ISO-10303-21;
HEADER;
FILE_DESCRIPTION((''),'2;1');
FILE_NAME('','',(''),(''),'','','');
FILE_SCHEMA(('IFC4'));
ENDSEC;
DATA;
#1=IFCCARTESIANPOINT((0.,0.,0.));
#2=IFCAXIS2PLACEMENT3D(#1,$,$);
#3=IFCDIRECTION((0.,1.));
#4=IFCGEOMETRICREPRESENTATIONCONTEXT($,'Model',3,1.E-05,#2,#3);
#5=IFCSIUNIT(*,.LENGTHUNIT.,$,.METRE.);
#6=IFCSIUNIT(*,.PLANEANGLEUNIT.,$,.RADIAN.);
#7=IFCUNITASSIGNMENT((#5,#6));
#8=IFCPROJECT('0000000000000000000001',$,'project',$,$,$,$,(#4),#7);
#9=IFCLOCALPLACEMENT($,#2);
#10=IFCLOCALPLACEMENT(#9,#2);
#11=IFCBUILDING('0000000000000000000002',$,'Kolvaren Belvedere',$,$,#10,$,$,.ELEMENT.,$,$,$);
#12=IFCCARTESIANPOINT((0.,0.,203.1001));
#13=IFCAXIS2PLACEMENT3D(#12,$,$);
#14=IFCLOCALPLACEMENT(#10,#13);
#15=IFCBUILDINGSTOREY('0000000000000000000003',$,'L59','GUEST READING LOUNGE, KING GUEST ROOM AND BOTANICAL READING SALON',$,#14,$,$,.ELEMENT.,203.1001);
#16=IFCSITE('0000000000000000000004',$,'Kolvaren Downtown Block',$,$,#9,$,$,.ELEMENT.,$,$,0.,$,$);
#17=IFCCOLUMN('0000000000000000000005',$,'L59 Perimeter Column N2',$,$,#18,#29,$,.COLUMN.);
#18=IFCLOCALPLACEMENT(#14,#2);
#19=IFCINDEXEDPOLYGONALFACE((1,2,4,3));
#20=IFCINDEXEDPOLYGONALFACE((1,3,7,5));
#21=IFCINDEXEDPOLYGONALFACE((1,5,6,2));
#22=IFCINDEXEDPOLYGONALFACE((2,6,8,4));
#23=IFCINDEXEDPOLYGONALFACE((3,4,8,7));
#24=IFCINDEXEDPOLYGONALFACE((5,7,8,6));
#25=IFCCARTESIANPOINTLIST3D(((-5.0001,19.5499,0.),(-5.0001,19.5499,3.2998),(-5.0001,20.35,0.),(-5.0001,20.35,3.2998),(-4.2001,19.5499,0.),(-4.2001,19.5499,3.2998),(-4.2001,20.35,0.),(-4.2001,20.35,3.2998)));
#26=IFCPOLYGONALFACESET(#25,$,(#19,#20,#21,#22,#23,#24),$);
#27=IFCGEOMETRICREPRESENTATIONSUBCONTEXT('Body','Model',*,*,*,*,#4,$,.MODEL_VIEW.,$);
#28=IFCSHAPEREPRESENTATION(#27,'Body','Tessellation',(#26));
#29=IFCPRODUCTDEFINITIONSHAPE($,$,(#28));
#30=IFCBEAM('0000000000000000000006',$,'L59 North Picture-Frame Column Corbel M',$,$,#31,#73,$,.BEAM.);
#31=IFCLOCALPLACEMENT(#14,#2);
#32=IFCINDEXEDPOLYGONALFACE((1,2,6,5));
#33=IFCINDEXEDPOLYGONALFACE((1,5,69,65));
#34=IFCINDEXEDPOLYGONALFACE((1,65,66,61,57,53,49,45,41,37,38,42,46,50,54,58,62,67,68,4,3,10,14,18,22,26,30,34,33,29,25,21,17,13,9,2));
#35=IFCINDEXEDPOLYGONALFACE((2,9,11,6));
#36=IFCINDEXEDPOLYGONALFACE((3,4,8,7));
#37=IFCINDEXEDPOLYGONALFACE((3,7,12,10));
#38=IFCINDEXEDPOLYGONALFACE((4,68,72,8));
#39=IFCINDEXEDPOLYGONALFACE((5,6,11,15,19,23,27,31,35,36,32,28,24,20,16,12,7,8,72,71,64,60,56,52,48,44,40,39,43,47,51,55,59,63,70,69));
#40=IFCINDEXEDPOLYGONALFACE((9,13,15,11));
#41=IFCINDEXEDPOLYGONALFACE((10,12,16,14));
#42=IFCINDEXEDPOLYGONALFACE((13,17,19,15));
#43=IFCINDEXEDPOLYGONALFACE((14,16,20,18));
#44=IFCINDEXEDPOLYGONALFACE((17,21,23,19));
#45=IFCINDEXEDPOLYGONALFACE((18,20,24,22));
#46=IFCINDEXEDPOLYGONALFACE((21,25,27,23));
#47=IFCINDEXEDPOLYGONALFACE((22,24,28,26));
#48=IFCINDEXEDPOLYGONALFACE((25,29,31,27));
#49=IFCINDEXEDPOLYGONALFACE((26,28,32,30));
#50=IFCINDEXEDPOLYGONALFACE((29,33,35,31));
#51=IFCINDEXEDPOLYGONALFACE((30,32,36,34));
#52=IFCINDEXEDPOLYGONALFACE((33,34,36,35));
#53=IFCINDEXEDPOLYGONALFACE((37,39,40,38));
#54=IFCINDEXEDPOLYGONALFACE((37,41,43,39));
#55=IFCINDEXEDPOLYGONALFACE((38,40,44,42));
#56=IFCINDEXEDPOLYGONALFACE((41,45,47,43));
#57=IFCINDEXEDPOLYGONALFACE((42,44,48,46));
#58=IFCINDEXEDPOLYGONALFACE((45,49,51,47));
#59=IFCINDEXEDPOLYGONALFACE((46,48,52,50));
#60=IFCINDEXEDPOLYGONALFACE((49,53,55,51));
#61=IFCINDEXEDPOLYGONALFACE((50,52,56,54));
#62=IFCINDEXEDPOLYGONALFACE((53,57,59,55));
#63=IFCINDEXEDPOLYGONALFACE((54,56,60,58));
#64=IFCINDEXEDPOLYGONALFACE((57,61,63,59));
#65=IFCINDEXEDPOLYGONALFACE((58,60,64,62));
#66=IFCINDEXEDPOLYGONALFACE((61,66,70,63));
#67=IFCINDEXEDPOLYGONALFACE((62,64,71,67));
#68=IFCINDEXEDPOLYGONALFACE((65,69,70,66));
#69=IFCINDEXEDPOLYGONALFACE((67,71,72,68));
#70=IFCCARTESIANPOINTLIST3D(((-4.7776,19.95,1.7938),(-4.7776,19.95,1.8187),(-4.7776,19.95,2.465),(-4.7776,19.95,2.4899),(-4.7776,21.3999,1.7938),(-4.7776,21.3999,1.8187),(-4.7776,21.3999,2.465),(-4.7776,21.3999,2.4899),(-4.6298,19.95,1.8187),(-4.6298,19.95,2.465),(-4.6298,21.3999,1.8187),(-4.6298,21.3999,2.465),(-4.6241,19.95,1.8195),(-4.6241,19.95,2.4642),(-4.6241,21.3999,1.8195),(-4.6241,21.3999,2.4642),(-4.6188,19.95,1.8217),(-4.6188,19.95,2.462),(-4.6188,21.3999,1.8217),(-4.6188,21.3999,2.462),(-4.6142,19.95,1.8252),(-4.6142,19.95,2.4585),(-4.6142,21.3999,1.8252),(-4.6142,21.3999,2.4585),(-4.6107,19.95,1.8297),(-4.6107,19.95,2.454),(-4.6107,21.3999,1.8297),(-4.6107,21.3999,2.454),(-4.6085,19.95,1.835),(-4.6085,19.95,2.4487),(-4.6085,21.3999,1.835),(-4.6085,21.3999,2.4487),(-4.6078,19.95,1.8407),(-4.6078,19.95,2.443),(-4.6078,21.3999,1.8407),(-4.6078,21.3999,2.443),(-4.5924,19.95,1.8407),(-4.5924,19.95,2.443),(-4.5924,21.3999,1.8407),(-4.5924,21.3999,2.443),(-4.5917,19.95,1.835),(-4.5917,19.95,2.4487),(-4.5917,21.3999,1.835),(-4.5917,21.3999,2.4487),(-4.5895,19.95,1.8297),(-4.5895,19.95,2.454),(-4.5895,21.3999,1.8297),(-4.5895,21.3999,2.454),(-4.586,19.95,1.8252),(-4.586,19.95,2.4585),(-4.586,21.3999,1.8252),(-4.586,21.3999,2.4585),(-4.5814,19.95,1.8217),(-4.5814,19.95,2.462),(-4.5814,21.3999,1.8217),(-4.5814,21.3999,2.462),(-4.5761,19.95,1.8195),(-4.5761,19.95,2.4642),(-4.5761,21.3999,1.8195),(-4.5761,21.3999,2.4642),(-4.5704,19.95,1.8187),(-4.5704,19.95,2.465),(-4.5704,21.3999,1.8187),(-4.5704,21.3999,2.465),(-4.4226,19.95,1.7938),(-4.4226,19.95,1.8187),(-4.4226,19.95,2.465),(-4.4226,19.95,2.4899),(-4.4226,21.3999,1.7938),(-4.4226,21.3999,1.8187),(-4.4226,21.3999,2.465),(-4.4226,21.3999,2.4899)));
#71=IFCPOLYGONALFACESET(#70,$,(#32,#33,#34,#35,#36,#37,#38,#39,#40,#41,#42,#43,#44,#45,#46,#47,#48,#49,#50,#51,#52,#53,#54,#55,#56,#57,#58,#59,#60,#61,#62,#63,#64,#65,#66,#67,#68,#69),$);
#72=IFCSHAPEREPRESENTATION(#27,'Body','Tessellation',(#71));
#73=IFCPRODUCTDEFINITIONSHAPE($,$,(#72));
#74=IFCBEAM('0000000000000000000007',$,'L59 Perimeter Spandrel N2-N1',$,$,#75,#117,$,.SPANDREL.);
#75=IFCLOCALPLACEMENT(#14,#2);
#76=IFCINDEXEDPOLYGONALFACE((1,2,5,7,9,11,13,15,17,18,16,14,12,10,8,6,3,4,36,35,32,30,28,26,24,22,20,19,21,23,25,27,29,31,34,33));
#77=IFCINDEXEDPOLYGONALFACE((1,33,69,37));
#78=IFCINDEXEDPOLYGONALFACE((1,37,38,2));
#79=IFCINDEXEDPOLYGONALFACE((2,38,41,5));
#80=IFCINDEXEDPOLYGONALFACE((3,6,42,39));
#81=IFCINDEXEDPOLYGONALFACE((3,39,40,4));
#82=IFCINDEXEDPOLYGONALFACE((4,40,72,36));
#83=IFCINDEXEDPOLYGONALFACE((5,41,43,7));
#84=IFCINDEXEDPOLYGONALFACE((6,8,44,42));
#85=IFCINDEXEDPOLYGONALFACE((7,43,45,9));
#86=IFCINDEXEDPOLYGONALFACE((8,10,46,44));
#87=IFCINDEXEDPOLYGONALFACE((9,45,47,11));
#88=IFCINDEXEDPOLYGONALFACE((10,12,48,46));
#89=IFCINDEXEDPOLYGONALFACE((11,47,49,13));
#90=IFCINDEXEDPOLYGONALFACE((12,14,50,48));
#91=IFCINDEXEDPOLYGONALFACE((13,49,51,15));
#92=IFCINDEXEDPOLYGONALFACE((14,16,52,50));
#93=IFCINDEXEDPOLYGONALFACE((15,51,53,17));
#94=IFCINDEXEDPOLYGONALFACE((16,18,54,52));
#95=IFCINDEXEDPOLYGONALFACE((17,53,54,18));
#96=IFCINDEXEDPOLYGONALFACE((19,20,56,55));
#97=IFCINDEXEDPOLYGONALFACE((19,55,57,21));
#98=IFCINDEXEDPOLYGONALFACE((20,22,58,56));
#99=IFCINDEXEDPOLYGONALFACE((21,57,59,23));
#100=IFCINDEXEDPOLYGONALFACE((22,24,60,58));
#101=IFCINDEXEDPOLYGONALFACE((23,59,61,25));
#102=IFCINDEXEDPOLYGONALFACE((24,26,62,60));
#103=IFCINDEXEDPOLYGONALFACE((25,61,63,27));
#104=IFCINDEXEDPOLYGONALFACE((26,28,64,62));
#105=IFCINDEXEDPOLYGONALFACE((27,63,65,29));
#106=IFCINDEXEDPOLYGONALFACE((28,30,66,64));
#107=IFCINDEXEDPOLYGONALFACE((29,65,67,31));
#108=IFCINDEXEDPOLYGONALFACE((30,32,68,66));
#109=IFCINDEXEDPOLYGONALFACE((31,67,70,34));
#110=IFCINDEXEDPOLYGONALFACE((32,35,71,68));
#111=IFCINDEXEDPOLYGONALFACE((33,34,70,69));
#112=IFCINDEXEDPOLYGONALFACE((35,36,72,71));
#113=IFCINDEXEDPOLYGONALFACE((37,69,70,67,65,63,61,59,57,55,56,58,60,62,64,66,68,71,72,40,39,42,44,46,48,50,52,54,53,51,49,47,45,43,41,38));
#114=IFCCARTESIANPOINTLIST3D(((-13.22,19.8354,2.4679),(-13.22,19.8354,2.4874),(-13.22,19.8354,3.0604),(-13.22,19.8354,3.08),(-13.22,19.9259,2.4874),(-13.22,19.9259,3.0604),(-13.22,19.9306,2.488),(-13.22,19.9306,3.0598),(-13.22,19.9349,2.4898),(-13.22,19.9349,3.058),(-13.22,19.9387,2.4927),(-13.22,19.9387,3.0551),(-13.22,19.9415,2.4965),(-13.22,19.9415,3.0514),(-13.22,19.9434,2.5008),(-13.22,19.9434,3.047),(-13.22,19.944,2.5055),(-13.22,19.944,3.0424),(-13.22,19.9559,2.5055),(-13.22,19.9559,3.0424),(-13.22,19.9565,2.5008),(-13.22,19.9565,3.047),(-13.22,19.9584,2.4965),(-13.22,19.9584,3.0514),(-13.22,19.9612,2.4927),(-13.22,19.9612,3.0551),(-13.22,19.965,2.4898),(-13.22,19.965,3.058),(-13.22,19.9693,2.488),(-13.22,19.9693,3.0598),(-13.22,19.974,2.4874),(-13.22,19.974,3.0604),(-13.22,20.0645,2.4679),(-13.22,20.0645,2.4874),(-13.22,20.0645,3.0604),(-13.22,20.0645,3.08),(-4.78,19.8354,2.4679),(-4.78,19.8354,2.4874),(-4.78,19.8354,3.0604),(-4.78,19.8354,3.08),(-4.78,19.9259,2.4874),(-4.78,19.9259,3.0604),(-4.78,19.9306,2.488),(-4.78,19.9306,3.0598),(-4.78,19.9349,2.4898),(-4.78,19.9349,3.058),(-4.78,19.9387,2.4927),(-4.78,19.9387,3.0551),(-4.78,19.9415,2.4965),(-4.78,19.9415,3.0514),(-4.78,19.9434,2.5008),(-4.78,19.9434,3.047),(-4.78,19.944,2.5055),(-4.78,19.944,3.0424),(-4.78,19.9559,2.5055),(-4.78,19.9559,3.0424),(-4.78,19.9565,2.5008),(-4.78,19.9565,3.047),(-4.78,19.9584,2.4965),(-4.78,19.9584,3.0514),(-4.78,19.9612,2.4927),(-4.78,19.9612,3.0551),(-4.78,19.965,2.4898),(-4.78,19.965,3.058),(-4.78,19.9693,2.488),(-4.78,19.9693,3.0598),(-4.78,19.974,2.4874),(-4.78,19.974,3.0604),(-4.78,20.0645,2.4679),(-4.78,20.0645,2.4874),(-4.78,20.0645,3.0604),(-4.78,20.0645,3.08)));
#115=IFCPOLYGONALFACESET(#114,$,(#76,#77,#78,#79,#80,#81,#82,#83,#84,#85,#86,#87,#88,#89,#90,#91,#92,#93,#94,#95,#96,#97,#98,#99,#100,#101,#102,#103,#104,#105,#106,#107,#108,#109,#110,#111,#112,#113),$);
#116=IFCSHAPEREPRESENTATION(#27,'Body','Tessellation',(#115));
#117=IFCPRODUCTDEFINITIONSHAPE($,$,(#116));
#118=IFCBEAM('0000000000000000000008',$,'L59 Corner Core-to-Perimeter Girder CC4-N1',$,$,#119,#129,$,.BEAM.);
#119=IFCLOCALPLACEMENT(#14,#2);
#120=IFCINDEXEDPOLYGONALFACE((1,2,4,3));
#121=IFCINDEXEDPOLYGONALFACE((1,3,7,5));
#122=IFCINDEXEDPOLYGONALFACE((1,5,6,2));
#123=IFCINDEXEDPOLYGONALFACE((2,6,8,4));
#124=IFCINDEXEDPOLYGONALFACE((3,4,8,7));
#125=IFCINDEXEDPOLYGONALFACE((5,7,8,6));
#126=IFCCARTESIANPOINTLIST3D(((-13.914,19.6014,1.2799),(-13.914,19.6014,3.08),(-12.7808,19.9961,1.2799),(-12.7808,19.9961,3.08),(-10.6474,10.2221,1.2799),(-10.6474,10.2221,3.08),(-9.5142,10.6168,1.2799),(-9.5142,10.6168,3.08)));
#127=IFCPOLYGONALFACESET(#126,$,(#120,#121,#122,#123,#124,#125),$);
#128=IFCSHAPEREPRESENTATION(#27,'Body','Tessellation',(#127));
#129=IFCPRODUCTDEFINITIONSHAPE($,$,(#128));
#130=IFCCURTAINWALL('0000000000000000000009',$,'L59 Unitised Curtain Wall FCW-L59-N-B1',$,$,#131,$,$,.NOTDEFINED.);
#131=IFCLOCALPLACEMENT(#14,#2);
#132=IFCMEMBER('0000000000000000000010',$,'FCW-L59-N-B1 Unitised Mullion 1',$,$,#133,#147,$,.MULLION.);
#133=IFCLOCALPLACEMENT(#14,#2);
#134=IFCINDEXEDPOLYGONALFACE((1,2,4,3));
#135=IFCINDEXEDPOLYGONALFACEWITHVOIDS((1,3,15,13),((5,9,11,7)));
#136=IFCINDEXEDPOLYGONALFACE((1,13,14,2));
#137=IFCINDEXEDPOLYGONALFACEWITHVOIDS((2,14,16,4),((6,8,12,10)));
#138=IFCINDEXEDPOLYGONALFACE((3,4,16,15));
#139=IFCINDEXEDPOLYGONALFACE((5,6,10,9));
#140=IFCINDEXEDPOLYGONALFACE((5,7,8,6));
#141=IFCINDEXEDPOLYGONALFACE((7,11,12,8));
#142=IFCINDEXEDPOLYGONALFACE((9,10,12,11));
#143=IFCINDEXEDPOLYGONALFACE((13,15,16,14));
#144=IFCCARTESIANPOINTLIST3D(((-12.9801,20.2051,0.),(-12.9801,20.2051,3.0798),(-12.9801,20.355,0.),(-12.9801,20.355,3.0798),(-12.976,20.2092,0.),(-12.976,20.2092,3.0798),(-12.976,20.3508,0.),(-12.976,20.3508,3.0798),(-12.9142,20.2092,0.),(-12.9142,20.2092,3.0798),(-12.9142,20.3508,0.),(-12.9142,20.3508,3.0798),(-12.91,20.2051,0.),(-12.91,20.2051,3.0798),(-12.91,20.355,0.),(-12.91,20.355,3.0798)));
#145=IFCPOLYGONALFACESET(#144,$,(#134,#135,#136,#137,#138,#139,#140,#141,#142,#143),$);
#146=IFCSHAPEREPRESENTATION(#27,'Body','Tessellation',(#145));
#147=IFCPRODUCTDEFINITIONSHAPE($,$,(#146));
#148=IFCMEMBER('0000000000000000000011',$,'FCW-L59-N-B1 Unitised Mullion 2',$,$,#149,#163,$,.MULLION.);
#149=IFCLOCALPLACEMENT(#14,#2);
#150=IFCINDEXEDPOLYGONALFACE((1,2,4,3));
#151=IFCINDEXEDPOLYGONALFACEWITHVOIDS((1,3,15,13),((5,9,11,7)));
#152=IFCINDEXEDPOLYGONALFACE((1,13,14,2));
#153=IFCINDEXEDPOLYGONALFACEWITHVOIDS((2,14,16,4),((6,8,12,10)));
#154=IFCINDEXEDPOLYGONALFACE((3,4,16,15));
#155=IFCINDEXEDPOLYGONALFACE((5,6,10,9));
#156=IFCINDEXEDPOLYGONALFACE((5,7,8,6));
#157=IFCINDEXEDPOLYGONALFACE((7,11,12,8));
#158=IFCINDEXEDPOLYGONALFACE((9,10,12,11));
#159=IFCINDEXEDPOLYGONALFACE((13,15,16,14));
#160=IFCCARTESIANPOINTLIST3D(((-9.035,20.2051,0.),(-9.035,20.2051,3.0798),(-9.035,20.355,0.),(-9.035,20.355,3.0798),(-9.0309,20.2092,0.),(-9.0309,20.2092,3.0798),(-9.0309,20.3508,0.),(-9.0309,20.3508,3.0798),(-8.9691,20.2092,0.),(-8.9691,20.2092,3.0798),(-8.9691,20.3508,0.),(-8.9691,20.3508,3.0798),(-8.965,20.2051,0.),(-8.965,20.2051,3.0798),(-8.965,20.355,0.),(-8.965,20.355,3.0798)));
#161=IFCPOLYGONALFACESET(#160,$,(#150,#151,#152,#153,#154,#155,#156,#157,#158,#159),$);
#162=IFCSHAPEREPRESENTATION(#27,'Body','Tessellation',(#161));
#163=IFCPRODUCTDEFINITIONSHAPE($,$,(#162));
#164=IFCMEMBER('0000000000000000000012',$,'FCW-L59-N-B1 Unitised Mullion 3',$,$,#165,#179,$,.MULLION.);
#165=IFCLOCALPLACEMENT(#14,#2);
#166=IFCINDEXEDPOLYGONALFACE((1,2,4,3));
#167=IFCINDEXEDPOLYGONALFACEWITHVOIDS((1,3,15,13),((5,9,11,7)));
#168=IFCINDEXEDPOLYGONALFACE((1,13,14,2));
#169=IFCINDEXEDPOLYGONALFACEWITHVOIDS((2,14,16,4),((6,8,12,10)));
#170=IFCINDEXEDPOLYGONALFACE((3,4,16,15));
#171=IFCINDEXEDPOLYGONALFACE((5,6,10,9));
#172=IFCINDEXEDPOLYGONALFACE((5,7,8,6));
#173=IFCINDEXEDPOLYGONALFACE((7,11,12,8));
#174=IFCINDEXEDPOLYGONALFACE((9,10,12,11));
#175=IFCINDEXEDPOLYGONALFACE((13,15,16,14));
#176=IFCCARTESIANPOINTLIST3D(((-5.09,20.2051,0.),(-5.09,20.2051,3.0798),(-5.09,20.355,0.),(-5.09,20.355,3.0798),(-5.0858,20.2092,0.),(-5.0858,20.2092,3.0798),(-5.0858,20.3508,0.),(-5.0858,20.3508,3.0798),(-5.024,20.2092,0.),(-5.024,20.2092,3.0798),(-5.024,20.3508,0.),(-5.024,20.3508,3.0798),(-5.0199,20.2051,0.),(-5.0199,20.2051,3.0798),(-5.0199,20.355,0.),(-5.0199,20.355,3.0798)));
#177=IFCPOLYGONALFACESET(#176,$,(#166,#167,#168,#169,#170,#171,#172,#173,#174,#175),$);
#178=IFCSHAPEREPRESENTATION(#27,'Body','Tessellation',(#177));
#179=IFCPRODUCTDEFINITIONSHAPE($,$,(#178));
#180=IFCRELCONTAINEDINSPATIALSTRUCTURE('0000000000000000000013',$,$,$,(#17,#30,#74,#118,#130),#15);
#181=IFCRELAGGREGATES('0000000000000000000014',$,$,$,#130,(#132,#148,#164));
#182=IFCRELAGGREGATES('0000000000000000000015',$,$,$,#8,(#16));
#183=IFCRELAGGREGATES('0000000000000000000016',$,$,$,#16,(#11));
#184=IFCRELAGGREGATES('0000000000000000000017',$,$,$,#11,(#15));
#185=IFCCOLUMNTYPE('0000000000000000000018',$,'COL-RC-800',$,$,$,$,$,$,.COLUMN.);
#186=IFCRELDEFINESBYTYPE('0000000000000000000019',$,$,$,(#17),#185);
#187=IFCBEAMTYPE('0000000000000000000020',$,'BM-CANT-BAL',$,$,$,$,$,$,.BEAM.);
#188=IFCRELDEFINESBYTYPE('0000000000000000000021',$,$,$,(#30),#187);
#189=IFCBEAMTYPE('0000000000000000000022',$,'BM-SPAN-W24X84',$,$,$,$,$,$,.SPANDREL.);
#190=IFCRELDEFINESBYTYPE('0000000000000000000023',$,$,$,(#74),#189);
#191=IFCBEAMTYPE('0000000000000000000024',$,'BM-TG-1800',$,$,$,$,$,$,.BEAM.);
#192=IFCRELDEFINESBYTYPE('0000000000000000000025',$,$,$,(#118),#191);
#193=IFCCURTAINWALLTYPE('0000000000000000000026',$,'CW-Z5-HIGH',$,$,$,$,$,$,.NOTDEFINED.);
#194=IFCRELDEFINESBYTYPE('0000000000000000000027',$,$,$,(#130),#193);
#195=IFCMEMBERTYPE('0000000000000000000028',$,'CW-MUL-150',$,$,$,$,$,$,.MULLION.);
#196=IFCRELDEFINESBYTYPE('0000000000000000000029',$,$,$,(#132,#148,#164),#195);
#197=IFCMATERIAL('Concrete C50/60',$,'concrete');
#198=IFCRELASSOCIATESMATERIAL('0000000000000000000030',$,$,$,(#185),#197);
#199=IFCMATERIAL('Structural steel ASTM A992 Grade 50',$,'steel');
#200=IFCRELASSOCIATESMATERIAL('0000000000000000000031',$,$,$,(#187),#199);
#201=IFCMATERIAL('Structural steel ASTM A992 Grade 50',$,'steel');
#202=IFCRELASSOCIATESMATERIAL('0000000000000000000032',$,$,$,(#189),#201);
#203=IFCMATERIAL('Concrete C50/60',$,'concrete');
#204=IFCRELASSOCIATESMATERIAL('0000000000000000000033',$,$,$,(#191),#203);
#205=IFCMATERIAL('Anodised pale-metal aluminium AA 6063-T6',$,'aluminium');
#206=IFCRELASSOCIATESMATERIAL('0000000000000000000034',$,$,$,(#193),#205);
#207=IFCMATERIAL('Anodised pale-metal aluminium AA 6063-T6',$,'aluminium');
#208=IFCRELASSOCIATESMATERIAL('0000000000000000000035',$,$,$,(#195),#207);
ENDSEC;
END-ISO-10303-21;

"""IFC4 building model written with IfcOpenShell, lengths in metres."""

from ifc_helpers import new_model, si_unit, direction, frame, origin, origin_2d, place, context, subcontext, project, spatial, rectangle, hollow_rectangle, i_section, extrude, material, material_profile, profile_set, type_object, element, aggregate, save


model = new_model("IFC4")

# Units and contexts
model_context = context("Model", 3, precision=1e-05, world=origin(), true_north=direction((0.0, 1.0)))
body_context = subcontext(model_context, "Body", "Model", "MODEL_VIEW")
ifc_project = project(units=[si_unit("LENGTHUNIT", "METRE"), si_unit("PLANEANGLEUNIT", "RADIAN")], contexts=[model_context])

# Site, building, storey
site_placement = place(None, origin())
site = spatial("IfcSite", under=ifc_project, at=site_placement, Name="Kolvaren Downtown Block", CompositionType="ELEMENT", RefElevation=0.0)
building_placement = place(site_placement, origin())
building = spatial("IfcBuilding", under=site, at=building_placement, Name="Kolvaren Belvedere", CompositionType="ELEMENT")
storey_placement = place(building_placement, frame((0.0, 0.0, 203.1001)))
storey = spatial("IfcBuildingStorey", under=building, at=storey_placement, Name="L59", Description="GUEST READING LOUNGE, KING GUEST ROOM AND BOTANICAL READING SALON", CompositionType="ELEMENT", Elevation=203.1001)

# Column
ifc_material_1 = material(Name="Concrete C50/60", Category="concrete")
ifc_material_profile_1 = material_profile(ifc_material_1, rectangle(XDim=0.8, YDim=0.8, at=origin_2d()), Name="RC 800X800")
ifc_profile_set_1 = profile_set([ifc_material_profile_1], Name="Concrete C50/60")
column_type = type_object("IfcColumnType", Name="COL-RC-800", PredefinedType="COLUMN", material=ifc_profile_set_1)
column_placement = place(storey_placement, frame((-4.6001, 19.95, 0.0), z_axis=(0.0, 0.0, 1.0), x_axis=(1.0, 0.0, 0.0)))
element("IfcColumn", 1, at=column_placement, inside=storey, type_object=column_type, Name="L59 Perimeter Column N2", PredefinedType="COLUMN", context=body_context, shape_type="SweptSolid", body=[
    extrude(rectangle(XDim=0.8, YDim=0.8, at=origin_2d()), origin(), (0.0, 0.0, 1.0), 3.2998),
])

# Beams
ifc_material_2 = material(Name="Structural steel ASTM A992 Grade 50", Category="steel")
ifc_material_profile_2 = material_profile(ifc_material_2, i_section(OverallWidth=0.355, OverallDepth=0.696, WebThickness=0.0154, FlangeThickness=0.0249, FilletRadius=0.022, at=origin_2d()), Name="W27X146")
ifc_profile_set_2 = profile_set([ifc_material_profile_2], Name="Structural steel ASTM A992 Grade 50")
beam_type_1 = type_object("IfcBeamType", Name="BM-CANT-BAL", PredefinedType="BEAM", material=ifc_profile_set_2)
beam_1_placement = place(storey_placement, frame((-4.6001, 19.95, 2.1418), z_axis=(0.0, 1.0, 0.0), x_axis=(-1.0, 0.0, 0.0)))
element("IfcBeam", 2, at=beam_1_placement, inside=storey, type_object=beam_type_1, Name="L59 North Picture-Frame Column Corbel M", PredefinedType="BEAM", context=body_context, shape_type="SweptSolid", body=[
    extrude(i_section(OverallWidth=0.355, OverallDepth=0.696, WebThickness=0.0154, FlangeThickness=0.0249, FilletRadius=0.022, at=origin_2d()), origin(), (0.0, 0.0, 1.0), 1.45),
])
ifc_material_3 = material(Name="Structural steel ASTM A992 Grade 50", Category="steel")
ifc_material_profile_3 = material_profile(ifc_material_3, i_section(OverallWidth=0.229, OverallDepth=0.6121, WebThickness=0.012, FlangeThickness=0.0195, FilletRadius=0.0181, at=origin_2d()), Name="W24X84")
ifc_profile_set_3 = profile_set([ifc_material_profile_3], Name="Structural steel ASTM A992 Grade 50")
beam_type_2 = type_object("IfcBeamType", Name="BM-SPAN-W24X84", PredefinedType="SPANDREL", material=ifc_profile_set_3)
beam_2_placement = place(storey_placement, frame((-4.78, 19.95, 2.7739), z_axis=(-1.0, 0.0, 0.0), x_axis=(0.0, -1.0, 0.0)))
element("IfcBeam", 3, at=beam_2_placement, inside=storey, type_object=beam_type_2, Name="L59 Perimeter Spandrel N2-N1", PredefinedType="SPANDREL", context=body_context, shape_type="SweptSolid", body=[
    extrude(i_section(OverallWidth=0.229, OverallDepth=0.6121, WebThickness=0.012, FlangeThickness=0.0195, FilletRadius=0.0181, at=origin_2d()), origin(), (0.0, 0.0, 1.0), 8.4399),
])
ifc_material_4 = material(Name="Concrete C50/60", Category="concrete")
ifc_material_profile_4 = material_profile(ifc_material_4, rectangle(XDim=1.2, YDim=1.8, at=origin_2d()), Name="RC 1200X1800")
ifc_profile_set_4 = profile_set([ifc_material_profile_4], Name="Concrete C50/60")
beam_type_3 = type_object("IfcBeamType", Name="BM-TG-1800", PredefinedType="BEAM", material=ifc_profile_set_4)
beam_3_placement = place(storey_placement, frame((-10.0808, 10.4194, 2.1799), z_axis=(-0.328898, 0.944365, 0.0), x_axis=(-0.944365, -0.328898, 0.0)))
element("IfcBeam", 4, at=beam_3_placement, inside=storey, type_object=beam_type_3, Name="L59 Corner Core-to-Perimeter Girder CC4-N1", PredefinedType="BEAM", context=body_context, shape_type="SweptSolid", body=[
    extrude(rectangle(XDim=1.2, YDim=1.8, at=origin_2d()), origin(), (0.0, 0.0, 1.0), 9.9319),
])

# Curtain wall, members
ifc_material_5 = material(Name="Anodised pale-metal aluminium AA 6063-T6", Category="aluminium")
curtain_wall_type = type_object("IfcCurtainWallType", Name="CW-Z5-HIGH", PredefinedType="NOTDEFINED", material=ifc_material_5)
curtain_wall_1_placement = place(storey_placement, origin())
curtain_wall_1 = element("IfcCurtainWall", 5, at=curtain_wall_1_placement, inside=storey, type_object=curtain_wall_type, Name="L59 Unitised Curtain Wall FCW-L59-N-B1", PredefinedType="NOTDEFINED")
ifc_material_6 = material(Name="Anodised pale-metal aluminium AA 6063-T6", Category="aluminium")
ifc_material_profile_5 = material_profile(ifc_material_6, hollow_rectangle(XDim=0.0701, YDim=0.1499, WallThickness=0.0042, at=origin_2d()), Name="ALU-MUL-150X70")
ifc_profile_set_5 = profile_set([ifc_material_profile_5], Name="Anodised pale-metal aluminium AA 6063-T6")
member_type_1 = type_object("IfcMemberType", Name="CW-MUL-150", PredefinedType="MULLION", material=ifc_profile_set_5)
member_1_placement = place(storey_placement, frame((-12.9451, 20.28, 0.0), z_axis=(0.0, 0.0, 1.0), x_axis=(1.0, 0.0, 0.0)))
member_1 = element("IfcMember", 6, at=member_1_placement, type_object=member_type_1, Name="FCW-L59-N-B1 Unitised Mullion 1", PredefinedType="MULLION", context=body_context, shape_type="SweptSolid", body=[
    extrude(hollow_rectangle(XDim=0.0701, YDim=0.1499, WallThickness=0.0042, at=origin_2d()), origin(), (0.0, 0.0, 1.0), 3.0798),
])
member_2_placement = place(storey_placement, frame((-9.0, 20.28, 0.0), z_axis=(0.0, 0.0, 1.0), x_axis=(1.0, 0.0, 0.0)))
member_2 = element("IfcMember", 7, at=member_2_placement, type_object=member_type_1, Name="FCW-L59-N-B1 Unitised Mullion 2", PredefinedType="MULLION", context=body_context, shape_type="SweptSolid", body=[
    extrude(hollow_rectangle(XDim=0.0701, YDim=0.1499, WallThickness=0.0042, at=origin_2d()), origin(), (0.0, 0.0, 1.0), 3.0798),
])
member_3_placement = place(storey_placement, frame((-5.0549, 20.28, 0.0), z_axis=(0.0, 0.0, 1.0), x_axis=(1.0, 0.0, 0.0)))
member_3 = element("IfcMember", 8, at=member_3_placement, type_object=member_type_1, Name="FCW-L59-N-B1 Unitised Mullion 3", PredefinedType="MULLION", context=body_context, shape_type="SweptSolid", body=[
    extrude(hollow_rectangle(XDim=0.0701, YDim=0.1499, WallThickness=0.0042, at=origin_2d()), origin(), (0.0, 0.0, 1.0), 3.0798),
])

aggregate(curtain_wall_1, [member_1, member_2, member_3])

save(model, "model.ifc")
